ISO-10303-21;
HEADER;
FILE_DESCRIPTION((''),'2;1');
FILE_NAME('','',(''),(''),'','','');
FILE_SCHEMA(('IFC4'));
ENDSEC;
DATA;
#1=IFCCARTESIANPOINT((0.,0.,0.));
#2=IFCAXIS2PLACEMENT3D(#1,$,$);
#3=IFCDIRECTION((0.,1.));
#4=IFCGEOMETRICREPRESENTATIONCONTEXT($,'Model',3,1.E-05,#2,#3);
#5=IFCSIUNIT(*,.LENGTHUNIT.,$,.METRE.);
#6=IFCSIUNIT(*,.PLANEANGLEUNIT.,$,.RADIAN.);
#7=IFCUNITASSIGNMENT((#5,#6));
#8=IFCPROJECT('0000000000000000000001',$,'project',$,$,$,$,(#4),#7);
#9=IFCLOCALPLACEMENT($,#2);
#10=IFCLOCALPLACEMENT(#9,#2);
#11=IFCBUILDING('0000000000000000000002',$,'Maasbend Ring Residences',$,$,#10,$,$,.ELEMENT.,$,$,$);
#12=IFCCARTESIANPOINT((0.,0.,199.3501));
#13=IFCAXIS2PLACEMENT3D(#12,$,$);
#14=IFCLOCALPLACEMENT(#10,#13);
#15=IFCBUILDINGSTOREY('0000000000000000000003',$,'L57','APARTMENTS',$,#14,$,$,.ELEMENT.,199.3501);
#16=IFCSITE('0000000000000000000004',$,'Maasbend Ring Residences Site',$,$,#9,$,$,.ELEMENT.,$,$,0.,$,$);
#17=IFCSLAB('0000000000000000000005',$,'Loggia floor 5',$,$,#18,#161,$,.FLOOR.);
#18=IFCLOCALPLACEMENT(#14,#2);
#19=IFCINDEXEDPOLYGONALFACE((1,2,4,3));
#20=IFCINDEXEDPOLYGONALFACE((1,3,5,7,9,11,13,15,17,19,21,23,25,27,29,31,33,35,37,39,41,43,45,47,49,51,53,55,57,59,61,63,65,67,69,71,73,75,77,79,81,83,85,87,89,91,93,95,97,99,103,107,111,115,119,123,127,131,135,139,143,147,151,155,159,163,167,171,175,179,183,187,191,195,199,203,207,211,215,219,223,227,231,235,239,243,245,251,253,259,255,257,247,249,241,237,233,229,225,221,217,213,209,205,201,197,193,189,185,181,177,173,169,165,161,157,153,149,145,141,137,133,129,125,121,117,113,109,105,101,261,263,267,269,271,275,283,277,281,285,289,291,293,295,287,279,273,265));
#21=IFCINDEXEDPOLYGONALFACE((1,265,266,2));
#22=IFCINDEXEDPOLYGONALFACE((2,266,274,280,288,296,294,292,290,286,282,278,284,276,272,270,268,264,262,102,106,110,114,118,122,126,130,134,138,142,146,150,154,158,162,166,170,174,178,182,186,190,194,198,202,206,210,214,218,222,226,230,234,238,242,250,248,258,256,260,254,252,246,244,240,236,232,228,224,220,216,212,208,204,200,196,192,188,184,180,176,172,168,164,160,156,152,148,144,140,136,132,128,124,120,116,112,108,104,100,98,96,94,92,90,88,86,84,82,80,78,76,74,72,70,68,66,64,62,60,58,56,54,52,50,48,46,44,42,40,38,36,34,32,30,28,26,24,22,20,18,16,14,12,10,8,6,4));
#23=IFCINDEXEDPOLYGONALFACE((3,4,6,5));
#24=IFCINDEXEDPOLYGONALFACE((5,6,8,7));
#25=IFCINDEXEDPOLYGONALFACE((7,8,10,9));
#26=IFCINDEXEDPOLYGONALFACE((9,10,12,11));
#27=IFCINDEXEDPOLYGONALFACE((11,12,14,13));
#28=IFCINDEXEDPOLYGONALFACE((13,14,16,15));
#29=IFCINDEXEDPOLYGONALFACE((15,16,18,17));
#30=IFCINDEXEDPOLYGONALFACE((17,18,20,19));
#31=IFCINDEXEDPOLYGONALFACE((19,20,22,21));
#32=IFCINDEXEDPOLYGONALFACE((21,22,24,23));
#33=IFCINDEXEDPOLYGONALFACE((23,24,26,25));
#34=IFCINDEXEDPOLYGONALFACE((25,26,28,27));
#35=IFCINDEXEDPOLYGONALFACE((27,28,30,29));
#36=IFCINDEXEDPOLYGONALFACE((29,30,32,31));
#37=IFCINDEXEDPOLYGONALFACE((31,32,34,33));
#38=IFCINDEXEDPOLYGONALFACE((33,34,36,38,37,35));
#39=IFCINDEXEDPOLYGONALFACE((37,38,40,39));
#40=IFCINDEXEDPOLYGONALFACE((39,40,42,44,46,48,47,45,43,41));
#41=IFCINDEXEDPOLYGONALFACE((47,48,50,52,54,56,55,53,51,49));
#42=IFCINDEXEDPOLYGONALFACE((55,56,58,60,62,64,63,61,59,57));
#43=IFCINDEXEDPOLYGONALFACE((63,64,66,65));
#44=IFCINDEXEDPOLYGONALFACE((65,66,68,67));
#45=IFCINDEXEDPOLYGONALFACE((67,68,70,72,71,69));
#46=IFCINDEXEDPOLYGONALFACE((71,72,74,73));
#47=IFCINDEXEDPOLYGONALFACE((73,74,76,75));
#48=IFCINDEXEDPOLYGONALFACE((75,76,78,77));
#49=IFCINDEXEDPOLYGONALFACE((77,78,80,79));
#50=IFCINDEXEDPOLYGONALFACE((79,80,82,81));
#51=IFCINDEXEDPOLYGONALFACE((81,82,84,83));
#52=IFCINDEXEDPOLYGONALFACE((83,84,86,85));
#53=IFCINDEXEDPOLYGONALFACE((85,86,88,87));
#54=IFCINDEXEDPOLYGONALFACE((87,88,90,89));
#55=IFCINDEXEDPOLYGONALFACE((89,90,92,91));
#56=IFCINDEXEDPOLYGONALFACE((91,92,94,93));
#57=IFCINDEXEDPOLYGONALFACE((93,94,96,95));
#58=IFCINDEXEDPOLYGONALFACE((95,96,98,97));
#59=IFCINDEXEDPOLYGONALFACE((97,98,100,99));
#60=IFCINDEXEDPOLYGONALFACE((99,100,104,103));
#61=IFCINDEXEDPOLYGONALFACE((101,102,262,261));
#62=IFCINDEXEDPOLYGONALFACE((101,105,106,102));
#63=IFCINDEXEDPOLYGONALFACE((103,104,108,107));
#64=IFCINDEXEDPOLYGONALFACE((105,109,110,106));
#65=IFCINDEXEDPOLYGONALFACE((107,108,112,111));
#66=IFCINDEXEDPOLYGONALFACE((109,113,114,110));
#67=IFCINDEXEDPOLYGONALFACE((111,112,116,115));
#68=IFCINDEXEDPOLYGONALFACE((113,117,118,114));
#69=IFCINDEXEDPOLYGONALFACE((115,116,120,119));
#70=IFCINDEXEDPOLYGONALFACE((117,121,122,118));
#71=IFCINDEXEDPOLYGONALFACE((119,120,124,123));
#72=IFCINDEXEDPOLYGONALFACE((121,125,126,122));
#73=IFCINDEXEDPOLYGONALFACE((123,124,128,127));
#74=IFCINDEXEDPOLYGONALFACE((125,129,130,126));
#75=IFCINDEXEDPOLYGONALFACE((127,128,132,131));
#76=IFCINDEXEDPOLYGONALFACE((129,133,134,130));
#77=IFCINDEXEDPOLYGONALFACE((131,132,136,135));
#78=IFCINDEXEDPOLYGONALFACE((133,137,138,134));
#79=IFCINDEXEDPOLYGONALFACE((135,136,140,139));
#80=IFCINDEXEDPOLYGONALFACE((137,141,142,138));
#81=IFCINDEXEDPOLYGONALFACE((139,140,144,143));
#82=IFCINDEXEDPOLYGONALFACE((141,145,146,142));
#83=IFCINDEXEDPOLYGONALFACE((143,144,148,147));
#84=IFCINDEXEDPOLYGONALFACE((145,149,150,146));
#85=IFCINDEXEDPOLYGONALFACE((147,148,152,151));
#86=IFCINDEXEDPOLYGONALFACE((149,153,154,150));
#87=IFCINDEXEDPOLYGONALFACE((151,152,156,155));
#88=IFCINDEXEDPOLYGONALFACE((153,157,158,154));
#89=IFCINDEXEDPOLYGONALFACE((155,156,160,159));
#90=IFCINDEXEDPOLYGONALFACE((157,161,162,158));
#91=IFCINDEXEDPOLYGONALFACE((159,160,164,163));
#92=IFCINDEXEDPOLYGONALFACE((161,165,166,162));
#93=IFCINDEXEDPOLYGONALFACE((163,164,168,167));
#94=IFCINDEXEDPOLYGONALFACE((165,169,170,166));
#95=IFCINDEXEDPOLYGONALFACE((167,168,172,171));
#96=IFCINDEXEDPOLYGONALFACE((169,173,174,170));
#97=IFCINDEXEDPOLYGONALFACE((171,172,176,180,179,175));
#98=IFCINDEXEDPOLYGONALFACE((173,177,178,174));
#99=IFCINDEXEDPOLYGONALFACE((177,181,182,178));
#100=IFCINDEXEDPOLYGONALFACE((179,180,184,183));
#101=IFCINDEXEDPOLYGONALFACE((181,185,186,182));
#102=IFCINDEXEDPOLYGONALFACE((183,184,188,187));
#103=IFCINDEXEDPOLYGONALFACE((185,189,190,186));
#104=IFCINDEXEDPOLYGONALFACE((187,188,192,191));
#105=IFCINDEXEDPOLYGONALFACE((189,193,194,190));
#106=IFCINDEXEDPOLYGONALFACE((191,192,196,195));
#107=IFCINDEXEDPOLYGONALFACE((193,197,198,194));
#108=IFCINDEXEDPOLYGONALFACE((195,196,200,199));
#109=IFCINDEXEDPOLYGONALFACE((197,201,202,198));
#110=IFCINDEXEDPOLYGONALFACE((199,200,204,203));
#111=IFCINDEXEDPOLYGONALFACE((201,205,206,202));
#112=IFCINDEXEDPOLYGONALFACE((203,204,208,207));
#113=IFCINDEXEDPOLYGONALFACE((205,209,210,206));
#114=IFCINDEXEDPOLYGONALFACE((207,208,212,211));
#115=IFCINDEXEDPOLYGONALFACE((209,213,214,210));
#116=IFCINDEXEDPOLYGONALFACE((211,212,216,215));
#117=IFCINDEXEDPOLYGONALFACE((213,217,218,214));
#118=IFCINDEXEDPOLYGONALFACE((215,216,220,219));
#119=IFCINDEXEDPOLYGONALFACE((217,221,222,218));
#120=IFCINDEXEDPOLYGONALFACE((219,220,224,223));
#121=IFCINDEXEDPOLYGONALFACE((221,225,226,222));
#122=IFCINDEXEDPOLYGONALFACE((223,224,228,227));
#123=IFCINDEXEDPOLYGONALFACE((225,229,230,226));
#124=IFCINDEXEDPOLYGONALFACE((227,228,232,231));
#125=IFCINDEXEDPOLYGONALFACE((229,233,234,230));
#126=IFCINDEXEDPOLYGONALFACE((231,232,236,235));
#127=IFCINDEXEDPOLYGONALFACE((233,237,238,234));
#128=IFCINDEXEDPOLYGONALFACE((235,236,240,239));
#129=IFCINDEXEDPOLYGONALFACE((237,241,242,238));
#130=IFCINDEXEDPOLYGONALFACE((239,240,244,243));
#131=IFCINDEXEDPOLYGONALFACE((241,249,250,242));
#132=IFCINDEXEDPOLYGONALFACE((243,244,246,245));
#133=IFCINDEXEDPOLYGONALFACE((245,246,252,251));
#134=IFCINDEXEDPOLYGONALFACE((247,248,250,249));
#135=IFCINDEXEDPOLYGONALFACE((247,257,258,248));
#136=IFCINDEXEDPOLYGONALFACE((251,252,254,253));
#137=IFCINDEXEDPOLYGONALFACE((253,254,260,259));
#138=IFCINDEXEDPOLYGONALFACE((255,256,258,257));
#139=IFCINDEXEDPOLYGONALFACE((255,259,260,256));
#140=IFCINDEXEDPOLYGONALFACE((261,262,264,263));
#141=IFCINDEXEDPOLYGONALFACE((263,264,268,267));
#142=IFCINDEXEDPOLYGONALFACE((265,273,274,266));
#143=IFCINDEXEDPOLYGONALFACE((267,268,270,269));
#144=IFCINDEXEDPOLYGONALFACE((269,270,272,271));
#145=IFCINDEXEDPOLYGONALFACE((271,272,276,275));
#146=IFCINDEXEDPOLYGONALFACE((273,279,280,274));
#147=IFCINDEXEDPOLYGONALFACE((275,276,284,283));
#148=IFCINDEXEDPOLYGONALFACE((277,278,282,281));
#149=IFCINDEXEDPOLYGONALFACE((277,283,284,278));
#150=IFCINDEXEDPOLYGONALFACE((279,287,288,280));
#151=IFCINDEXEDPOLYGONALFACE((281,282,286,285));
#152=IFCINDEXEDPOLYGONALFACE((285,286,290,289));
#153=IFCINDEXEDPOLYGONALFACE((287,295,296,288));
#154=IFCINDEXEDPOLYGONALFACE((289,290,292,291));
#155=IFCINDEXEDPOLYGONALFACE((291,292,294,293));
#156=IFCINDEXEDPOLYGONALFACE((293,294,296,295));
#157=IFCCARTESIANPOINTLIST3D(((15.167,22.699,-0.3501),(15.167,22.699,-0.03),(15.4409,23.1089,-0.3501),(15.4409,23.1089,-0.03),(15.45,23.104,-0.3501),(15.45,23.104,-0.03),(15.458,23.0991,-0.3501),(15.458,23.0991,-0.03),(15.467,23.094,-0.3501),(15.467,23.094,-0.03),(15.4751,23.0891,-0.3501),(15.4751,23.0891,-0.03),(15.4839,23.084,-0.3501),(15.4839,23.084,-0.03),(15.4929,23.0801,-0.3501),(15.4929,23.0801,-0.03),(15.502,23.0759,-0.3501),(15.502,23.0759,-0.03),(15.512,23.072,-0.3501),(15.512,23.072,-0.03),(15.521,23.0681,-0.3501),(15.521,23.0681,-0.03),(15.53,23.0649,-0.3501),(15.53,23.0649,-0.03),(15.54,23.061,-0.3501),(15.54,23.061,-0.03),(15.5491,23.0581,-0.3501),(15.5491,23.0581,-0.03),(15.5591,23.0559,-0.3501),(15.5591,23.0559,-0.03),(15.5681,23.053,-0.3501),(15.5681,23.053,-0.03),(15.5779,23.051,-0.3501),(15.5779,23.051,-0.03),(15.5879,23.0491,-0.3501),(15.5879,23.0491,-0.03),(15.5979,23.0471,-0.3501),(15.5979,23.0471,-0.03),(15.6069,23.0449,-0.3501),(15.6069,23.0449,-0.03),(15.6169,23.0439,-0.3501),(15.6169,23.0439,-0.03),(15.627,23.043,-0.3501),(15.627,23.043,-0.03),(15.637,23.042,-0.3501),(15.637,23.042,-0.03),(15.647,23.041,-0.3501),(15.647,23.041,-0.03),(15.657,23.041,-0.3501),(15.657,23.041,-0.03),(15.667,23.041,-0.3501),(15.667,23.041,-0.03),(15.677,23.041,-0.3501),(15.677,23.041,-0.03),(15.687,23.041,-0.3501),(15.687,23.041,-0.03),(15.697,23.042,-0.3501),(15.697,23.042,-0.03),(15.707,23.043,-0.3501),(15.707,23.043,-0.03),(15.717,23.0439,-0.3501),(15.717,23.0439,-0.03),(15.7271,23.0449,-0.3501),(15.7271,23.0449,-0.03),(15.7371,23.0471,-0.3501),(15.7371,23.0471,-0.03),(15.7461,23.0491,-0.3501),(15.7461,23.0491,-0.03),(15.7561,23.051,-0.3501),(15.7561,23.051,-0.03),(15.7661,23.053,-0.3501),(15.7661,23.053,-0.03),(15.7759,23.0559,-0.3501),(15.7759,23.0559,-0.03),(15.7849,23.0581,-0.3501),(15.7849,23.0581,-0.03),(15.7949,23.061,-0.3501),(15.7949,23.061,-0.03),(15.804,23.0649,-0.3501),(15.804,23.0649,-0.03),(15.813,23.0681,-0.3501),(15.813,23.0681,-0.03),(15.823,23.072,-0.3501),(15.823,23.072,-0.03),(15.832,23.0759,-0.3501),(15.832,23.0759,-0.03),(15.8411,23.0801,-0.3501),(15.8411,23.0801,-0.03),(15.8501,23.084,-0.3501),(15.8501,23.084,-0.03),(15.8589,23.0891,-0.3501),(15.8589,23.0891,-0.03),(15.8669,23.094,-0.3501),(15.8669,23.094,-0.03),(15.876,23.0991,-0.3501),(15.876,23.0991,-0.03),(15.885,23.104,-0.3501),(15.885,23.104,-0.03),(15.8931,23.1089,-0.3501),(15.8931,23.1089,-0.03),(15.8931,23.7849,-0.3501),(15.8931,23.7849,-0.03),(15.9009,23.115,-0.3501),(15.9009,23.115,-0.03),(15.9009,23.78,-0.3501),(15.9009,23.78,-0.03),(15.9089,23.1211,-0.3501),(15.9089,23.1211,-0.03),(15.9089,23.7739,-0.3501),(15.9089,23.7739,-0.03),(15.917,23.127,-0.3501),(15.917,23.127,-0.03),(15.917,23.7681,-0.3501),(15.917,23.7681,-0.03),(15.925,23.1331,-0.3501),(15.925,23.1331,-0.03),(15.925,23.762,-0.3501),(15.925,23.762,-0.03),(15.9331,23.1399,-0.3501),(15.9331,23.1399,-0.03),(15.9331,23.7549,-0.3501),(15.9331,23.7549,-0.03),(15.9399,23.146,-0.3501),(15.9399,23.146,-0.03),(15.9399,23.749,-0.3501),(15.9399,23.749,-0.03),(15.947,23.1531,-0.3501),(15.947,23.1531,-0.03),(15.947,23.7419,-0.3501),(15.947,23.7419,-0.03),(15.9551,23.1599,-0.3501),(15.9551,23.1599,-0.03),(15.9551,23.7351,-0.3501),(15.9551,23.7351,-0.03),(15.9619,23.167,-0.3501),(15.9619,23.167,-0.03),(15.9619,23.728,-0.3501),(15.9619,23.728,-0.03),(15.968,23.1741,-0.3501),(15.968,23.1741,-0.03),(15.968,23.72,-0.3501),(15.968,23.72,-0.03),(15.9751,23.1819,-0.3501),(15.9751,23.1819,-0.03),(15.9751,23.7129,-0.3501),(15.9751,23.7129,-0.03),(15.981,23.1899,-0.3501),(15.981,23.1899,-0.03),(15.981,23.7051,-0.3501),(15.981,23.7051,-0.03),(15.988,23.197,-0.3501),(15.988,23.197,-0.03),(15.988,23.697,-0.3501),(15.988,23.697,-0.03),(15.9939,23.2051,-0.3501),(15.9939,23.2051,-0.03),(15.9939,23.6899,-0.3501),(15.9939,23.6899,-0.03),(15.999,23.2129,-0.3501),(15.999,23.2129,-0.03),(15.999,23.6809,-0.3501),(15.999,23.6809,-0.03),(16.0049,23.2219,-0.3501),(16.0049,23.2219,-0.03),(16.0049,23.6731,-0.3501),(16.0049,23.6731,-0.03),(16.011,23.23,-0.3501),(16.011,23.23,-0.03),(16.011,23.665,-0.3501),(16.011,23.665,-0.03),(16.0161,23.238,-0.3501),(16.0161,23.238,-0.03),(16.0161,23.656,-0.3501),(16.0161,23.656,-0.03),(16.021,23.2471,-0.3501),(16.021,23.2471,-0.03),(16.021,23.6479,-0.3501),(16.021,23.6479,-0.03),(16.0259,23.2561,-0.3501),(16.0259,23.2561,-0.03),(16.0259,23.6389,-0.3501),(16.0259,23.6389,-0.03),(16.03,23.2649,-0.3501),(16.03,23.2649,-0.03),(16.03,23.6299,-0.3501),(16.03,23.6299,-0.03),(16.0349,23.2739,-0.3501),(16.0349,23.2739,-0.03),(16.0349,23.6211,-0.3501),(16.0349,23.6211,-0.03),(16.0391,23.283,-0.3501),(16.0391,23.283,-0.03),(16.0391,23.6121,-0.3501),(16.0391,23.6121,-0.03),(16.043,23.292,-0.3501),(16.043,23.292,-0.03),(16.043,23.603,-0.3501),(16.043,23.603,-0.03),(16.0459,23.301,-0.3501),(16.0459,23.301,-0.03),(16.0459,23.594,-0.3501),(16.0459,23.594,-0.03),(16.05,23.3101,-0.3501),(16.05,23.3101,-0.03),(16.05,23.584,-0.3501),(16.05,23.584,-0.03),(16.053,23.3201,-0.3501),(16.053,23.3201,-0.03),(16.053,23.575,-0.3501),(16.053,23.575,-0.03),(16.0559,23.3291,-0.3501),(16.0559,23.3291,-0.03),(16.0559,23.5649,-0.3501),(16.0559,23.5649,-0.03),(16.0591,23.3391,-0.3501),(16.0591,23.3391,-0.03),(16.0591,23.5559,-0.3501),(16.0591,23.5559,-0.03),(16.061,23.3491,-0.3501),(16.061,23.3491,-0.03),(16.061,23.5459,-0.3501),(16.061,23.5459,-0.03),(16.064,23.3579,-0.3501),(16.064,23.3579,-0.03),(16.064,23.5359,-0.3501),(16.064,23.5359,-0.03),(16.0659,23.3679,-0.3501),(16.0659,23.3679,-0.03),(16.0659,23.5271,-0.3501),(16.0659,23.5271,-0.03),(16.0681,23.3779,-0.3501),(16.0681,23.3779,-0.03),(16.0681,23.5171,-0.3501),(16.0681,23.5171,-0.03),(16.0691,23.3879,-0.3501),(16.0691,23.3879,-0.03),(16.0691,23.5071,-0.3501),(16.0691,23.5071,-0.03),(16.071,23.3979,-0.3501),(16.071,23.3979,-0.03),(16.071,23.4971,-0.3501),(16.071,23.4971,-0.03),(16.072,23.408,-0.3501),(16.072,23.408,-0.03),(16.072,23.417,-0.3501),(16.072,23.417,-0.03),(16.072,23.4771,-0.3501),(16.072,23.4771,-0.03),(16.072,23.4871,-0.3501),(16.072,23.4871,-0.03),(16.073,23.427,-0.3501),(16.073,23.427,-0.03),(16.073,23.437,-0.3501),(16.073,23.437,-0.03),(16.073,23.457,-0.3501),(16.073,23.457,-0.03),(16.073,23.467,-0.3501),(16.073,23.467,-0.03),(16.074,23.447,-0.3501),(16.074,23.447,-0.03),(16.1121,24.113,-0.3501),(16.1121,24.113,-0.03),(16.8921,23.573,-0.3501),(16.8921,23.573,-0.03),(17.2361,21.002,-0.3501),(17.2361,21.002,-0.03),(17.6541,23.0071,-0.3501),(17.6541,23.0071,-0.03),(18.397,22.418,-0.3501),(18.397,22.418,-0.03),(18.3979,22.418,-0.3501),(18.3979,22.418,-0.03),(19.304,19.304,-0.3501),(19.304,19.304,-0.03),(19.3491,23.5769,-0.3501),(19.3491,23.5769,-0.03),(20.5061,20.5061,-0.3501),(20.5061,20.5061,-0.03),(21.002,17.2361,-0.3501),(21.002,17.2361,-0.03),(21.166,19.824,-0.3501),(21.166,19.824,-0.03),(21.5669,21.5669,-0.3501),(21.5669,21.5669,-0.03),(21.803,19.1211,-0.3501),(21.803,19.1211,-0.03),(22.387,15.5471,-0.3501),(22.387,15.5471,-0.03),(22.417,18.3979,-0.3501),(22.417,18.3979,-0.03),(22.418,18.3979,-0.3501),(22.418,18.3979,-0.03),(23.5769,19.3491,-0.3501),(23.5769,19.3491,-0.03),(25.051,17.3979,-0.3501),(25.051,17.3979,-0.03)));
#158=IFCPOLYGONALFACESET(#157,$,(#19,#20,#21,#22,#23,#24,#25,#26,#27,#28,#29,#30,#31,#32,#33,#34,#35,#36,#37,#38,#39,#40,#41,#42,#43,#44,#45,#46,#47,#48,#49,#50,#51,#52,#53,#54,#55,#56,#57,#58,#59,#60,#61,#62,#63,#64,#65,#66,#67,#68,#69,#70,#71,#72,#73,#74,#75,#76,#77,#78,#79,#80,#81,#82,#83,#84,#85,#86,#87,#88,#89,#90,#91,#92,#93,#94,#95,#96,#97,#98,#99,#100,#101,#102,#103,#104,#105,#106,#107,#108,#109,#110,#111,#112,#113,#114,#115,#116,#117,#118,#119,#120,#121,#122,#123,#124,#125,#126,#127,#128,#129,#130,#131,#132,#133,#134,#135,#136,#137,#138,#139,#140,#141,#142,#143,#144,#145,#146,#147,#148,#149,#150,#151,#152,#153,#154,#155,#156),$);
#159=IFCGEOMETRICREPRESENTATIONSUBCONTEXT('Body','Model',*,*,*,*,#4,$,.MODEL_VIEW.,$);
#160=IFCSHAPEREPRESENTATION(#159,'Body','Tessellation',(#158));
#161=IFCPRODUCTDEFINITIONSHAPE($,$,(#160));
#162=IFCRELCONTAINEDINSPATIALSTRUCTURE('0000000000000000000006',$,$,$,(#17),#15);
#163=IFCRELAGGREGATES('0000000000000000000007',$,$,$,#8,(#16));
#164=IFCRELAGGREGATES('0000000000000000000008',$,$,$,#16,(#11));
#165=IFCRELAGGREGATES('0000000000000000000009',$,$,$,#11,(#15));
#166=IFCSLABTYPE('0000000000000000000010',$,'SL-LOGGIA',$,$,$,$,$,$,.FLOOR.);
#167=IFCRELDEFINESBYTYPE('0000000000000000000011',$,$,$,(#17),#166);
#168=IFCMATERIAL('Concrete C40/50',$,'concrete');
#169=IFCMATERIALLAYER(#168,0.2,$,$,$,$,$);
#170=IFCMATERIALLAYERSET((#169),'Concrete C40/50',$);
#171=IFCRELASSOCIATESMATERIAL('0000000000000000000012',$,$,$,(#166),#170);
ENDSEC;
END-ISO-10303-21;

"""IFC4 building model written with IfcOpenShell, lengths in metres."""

from ifc_helpers import new_model, si_unit, direction, frame, origin, place, context, subcontext, project, spatial, polyline, outline, extrude, material, layer, layer_set, type_object, element, save


model = new_model("IFC4")

# Units and contexts
model_context = context("Model", 3, precision=1e-05, world=origin(), true_north=direction((0.0, 1.0)))
body_context = subcontext(model_context, "Body", "Model", "MODEL_VIEW")
ifc_project = project(units=[si_unit("LENGTHUNIT", "METRE"), si_unit("PLANEANGLEUNIT", "RADIAN")], contexts=[model_context])

# Site, building, storey
site_placement = place(None, origin())
site = spatial("IfcSite", under=ifc_project, at=site_placement, Name="Maasbend Ring Residences Site", CompositionType="ELEMENT", RefElevation=0.0)
building_placement = place(site_placement, origin())
building = spatial("IfcBuilding", under=site, at=building_placement, Name="Maasbend Ring Residences", CompositionType="ELEMENT")
storey_placement = place(building_placement, frame((0.0, 0.0, 199.3501)))
storey = spatial("IfcBuildingStorey", under=building, at=storey_placement, Name="L57", Description="APARTMENTS", CompositionType="ELEMENT", Elevation=199.3501)

# Slab
ifc_material_1 = material(Name="Concrete C40/50", Category="concrete")
ifc_layer_1 = layer(ifc_material_1, 0.2)
ifc_layer_set_1 = layer_set([ifc_layer_1], Name="Concrete C40/50")
slab_type_1 = type_object("IfcSlabType", Name="SL-LOGGIA", PredefinedType="FLOOR", material=ifc_layer_set_1)
slab_1_placement = place(storey_placement, frame((0.0, 0.0, -0.3501)))
element("IfcSlab", 1, at=slab_1_placement, inside=storey, type_object=slab_type_1, Name="Loggia floor 5", PredefinedType="FLOOR", context=body_context, shape_type="SweptSolid", body=[
    extrude(outline(polyline([(15.458, 23.0991), (15.467, 23.094), (15.4751, 23.0891), (15.4839, 23.084), (15.4929, 23.0801), (15.502, 23.0759), (15.512, 23.072), (15.521, 23.0681), (15.53, 23.0649), (15.54, 23.061), (15.5491, 23.0581), (15.5591, 23.0559), (15.5681, 23.053), (15.5779, 23.051), (15.5879, 23.0491), (15.5979, 23.0471), (15.6069, 23.0449), (15.6169, 23.0439), (15.627, 23.043), (15.637, 23.042), (15.647, 23.041), (15.657, 23.041), (15.667, 23.041), (15.677, 23.041), (15.687, 23.041), (15.697, 23.042), (15.707, 23.043), (15.717, 23.0439), (15.7271, 23.0449), (15.7371, 23.0471), (15.7461, 23.0491), (15.7561, 23.051), (15.7661, 23.053), (15.7759, 23.0559), (15.7849, 23.0581), (15.7949, 23.061), (15.804, 23.0649), (15.813, 23.0681), (15.823, 23.072), (15.832, 23.0759), (15.8411, 23.0801), (15.8501, 23.084), (15.8589, 23.0891), (15.8669, 23.094), (15.876, 23.0991), (15.885, 23.104), (15.8931, 23.1089), (15.9009, 23.115), (15.9089, 23.1211), (15.917, 23.127), (15.925, 23.1331), (15.9331, 23.1399), (15.9399, 23.146), (15.947, 23.1531), (15.9551, 23.1599), (15.9619, 23.167), (15.968, 23.1741), (15.9751, 23.1819), (15.981, 23.1899), (15.988, 23.197), (15.9939, 23.2051), (15.999, 23.2129), (16.0049, 23.2219), (16.011, 23.23), (16.0161, 23.238), (16.021, 23.2471), (16.0259, 23.2561), (16.03, 23.2649), (16.0349, 23.2739), (16.0391, 23.283), (16.043, 23.292), (16.0459, 23.301), (16.05, 23.3101), (16.053, 23.3201), (16.0559, 23.3291), (16.0591, 23.3391), (16.061, 23.3491), (16.064, 23.3579), (16.0659, 23.3679), (16.0681, 23.3779), (16.0691, 23.3879), (16.071, 23.3979), (16.072, 23.408), (16.072, 23.417), (16.073, 23.427), (16.073, 23.437), (16.074, 23.447), (16.073, 23.457), (16.073, 23.467), (16.072, 23.4771), (16.072, 23.4871), (16.071, 23.4971), (16.0691, 23.5071), (16.0681, 23.5171), (16.0659, 23.5271), (16.064, 23.5359), (16.061, 23.5459), (16.0591, 23.5559), (16.0559, 23.5649), (16.053, 23.575), (16.05, 23.584), (16.0459, 23.594), (16.043, 23.603), (16.0391, 23.6121), (16.0349, 23.6211), (16.03, 23.6299), (16.0259, 23.6389), (16.021, 23.6479), (16.0161, 23.656), (16.011, 23.665), (16.0049, 23.6731), (15.999, 23.6809), (15.9939, 23.6899), (15.988, 23.697), (15.981, 23.7051), (15.9751, 23.7129), (15.968, 23.72), (15.9619, 23.728), (15.9551, 23.7351), (15.947, 23.7419), (15.9399, 23.749), (15.9331, 23.7549), (15.925, 23.762), (15.917, 23.7681), (15.9089, 23.7739), (15.9009, 23.78), (15.8931, 23.7849), (15.8931, 23.7849), (16.1121, 24.113), (16.1121, 24.113), (16.1121, 24.113), (16.8921, 23.573), (16.8921, 23.573), (17.6541, 23.0071), (17.6541, 23.0071), (18.397, 22.418), (18.397, 22.418), (18.397, 22.418), (18.397, 22.418), (18.397, 22.418), (18.397, 22.418), (18.397, 22.418), (18.397, 22.418), (18.397, 22.418), (18.397, 22.418), (18.397, 22.418), (18.3979, 22.418), (18.3979, 22.418), (18.3979, 22.418), (18.3979, 22.418), (18.3979, 22.418), (18.3979, 22.418), (19.3491, 23.5769), (19.3491, 23.5769), (19.3491, 23.5769), (21.5669, 21.5669), (21.5669, 21.5669), (21.5669, 21.5669), (20.5061, 20.5061), (20.5061, 20.5061), (20.5061, 20.5061), (20.5061, 20.5061), (20.5061, 20.5061), (20.5061, 20.5061), (20.5061, 20.5061), (20.5061, 20.5061), (20.5061, 20.5061), (20.5061, 20.5061), (20.5061, 20.5061), (20.5061, 20.5061), (20.5061, 20.5061), (20.5061, 20.5061), (20.5061, 20.5061), (20.5061, 20.5061), (20.5061, 20.5061), (21.166, 19.824), (21.166, 19.824), (21.803, 19.1211), (21.803, 19.1211), (22.417, 18.3979), (22.417, 18.3979), (22.417, 18.3979), (22.417, 18.3979), (22.417, 18.3979), (22.417, 18.3979), (22.417, 18.3979), (22.417, 18.3979), (22.417, 18.3979), (22.417, 18.3979), (22.417, 18.3979), (22.417, 18.3979), (22.418, 18.3979), (22.418, 18.3979), (22.418, 18.3979), (22.418, 18.3979), (22.418, 18.3979), (23.5769, 19.3491), (23.5769, 19.3491), (23.5769, 19.3491), (25.051, 17.3979), (25.051, 17.3979), (25.051, 17.3979), (22.387, 15.5471), (22.387, 15.5471), (22.387, 15.5471), (21.002, 17.2361), (19.304, 19.304), (19.304, 19.304), (19.304, 19.304), (17.2361, 21.002), (15.167, 22.699), (15.167, 22.699), (15.167, 22.699), (15.4409, 23.1089), (15.4409, 23.1089), (15.45, 23.104), (15.458, 23.0991)])), origin(), (0.0, 0.0, 1.0), 0.3201),
])

save(model, "model.ifc")
